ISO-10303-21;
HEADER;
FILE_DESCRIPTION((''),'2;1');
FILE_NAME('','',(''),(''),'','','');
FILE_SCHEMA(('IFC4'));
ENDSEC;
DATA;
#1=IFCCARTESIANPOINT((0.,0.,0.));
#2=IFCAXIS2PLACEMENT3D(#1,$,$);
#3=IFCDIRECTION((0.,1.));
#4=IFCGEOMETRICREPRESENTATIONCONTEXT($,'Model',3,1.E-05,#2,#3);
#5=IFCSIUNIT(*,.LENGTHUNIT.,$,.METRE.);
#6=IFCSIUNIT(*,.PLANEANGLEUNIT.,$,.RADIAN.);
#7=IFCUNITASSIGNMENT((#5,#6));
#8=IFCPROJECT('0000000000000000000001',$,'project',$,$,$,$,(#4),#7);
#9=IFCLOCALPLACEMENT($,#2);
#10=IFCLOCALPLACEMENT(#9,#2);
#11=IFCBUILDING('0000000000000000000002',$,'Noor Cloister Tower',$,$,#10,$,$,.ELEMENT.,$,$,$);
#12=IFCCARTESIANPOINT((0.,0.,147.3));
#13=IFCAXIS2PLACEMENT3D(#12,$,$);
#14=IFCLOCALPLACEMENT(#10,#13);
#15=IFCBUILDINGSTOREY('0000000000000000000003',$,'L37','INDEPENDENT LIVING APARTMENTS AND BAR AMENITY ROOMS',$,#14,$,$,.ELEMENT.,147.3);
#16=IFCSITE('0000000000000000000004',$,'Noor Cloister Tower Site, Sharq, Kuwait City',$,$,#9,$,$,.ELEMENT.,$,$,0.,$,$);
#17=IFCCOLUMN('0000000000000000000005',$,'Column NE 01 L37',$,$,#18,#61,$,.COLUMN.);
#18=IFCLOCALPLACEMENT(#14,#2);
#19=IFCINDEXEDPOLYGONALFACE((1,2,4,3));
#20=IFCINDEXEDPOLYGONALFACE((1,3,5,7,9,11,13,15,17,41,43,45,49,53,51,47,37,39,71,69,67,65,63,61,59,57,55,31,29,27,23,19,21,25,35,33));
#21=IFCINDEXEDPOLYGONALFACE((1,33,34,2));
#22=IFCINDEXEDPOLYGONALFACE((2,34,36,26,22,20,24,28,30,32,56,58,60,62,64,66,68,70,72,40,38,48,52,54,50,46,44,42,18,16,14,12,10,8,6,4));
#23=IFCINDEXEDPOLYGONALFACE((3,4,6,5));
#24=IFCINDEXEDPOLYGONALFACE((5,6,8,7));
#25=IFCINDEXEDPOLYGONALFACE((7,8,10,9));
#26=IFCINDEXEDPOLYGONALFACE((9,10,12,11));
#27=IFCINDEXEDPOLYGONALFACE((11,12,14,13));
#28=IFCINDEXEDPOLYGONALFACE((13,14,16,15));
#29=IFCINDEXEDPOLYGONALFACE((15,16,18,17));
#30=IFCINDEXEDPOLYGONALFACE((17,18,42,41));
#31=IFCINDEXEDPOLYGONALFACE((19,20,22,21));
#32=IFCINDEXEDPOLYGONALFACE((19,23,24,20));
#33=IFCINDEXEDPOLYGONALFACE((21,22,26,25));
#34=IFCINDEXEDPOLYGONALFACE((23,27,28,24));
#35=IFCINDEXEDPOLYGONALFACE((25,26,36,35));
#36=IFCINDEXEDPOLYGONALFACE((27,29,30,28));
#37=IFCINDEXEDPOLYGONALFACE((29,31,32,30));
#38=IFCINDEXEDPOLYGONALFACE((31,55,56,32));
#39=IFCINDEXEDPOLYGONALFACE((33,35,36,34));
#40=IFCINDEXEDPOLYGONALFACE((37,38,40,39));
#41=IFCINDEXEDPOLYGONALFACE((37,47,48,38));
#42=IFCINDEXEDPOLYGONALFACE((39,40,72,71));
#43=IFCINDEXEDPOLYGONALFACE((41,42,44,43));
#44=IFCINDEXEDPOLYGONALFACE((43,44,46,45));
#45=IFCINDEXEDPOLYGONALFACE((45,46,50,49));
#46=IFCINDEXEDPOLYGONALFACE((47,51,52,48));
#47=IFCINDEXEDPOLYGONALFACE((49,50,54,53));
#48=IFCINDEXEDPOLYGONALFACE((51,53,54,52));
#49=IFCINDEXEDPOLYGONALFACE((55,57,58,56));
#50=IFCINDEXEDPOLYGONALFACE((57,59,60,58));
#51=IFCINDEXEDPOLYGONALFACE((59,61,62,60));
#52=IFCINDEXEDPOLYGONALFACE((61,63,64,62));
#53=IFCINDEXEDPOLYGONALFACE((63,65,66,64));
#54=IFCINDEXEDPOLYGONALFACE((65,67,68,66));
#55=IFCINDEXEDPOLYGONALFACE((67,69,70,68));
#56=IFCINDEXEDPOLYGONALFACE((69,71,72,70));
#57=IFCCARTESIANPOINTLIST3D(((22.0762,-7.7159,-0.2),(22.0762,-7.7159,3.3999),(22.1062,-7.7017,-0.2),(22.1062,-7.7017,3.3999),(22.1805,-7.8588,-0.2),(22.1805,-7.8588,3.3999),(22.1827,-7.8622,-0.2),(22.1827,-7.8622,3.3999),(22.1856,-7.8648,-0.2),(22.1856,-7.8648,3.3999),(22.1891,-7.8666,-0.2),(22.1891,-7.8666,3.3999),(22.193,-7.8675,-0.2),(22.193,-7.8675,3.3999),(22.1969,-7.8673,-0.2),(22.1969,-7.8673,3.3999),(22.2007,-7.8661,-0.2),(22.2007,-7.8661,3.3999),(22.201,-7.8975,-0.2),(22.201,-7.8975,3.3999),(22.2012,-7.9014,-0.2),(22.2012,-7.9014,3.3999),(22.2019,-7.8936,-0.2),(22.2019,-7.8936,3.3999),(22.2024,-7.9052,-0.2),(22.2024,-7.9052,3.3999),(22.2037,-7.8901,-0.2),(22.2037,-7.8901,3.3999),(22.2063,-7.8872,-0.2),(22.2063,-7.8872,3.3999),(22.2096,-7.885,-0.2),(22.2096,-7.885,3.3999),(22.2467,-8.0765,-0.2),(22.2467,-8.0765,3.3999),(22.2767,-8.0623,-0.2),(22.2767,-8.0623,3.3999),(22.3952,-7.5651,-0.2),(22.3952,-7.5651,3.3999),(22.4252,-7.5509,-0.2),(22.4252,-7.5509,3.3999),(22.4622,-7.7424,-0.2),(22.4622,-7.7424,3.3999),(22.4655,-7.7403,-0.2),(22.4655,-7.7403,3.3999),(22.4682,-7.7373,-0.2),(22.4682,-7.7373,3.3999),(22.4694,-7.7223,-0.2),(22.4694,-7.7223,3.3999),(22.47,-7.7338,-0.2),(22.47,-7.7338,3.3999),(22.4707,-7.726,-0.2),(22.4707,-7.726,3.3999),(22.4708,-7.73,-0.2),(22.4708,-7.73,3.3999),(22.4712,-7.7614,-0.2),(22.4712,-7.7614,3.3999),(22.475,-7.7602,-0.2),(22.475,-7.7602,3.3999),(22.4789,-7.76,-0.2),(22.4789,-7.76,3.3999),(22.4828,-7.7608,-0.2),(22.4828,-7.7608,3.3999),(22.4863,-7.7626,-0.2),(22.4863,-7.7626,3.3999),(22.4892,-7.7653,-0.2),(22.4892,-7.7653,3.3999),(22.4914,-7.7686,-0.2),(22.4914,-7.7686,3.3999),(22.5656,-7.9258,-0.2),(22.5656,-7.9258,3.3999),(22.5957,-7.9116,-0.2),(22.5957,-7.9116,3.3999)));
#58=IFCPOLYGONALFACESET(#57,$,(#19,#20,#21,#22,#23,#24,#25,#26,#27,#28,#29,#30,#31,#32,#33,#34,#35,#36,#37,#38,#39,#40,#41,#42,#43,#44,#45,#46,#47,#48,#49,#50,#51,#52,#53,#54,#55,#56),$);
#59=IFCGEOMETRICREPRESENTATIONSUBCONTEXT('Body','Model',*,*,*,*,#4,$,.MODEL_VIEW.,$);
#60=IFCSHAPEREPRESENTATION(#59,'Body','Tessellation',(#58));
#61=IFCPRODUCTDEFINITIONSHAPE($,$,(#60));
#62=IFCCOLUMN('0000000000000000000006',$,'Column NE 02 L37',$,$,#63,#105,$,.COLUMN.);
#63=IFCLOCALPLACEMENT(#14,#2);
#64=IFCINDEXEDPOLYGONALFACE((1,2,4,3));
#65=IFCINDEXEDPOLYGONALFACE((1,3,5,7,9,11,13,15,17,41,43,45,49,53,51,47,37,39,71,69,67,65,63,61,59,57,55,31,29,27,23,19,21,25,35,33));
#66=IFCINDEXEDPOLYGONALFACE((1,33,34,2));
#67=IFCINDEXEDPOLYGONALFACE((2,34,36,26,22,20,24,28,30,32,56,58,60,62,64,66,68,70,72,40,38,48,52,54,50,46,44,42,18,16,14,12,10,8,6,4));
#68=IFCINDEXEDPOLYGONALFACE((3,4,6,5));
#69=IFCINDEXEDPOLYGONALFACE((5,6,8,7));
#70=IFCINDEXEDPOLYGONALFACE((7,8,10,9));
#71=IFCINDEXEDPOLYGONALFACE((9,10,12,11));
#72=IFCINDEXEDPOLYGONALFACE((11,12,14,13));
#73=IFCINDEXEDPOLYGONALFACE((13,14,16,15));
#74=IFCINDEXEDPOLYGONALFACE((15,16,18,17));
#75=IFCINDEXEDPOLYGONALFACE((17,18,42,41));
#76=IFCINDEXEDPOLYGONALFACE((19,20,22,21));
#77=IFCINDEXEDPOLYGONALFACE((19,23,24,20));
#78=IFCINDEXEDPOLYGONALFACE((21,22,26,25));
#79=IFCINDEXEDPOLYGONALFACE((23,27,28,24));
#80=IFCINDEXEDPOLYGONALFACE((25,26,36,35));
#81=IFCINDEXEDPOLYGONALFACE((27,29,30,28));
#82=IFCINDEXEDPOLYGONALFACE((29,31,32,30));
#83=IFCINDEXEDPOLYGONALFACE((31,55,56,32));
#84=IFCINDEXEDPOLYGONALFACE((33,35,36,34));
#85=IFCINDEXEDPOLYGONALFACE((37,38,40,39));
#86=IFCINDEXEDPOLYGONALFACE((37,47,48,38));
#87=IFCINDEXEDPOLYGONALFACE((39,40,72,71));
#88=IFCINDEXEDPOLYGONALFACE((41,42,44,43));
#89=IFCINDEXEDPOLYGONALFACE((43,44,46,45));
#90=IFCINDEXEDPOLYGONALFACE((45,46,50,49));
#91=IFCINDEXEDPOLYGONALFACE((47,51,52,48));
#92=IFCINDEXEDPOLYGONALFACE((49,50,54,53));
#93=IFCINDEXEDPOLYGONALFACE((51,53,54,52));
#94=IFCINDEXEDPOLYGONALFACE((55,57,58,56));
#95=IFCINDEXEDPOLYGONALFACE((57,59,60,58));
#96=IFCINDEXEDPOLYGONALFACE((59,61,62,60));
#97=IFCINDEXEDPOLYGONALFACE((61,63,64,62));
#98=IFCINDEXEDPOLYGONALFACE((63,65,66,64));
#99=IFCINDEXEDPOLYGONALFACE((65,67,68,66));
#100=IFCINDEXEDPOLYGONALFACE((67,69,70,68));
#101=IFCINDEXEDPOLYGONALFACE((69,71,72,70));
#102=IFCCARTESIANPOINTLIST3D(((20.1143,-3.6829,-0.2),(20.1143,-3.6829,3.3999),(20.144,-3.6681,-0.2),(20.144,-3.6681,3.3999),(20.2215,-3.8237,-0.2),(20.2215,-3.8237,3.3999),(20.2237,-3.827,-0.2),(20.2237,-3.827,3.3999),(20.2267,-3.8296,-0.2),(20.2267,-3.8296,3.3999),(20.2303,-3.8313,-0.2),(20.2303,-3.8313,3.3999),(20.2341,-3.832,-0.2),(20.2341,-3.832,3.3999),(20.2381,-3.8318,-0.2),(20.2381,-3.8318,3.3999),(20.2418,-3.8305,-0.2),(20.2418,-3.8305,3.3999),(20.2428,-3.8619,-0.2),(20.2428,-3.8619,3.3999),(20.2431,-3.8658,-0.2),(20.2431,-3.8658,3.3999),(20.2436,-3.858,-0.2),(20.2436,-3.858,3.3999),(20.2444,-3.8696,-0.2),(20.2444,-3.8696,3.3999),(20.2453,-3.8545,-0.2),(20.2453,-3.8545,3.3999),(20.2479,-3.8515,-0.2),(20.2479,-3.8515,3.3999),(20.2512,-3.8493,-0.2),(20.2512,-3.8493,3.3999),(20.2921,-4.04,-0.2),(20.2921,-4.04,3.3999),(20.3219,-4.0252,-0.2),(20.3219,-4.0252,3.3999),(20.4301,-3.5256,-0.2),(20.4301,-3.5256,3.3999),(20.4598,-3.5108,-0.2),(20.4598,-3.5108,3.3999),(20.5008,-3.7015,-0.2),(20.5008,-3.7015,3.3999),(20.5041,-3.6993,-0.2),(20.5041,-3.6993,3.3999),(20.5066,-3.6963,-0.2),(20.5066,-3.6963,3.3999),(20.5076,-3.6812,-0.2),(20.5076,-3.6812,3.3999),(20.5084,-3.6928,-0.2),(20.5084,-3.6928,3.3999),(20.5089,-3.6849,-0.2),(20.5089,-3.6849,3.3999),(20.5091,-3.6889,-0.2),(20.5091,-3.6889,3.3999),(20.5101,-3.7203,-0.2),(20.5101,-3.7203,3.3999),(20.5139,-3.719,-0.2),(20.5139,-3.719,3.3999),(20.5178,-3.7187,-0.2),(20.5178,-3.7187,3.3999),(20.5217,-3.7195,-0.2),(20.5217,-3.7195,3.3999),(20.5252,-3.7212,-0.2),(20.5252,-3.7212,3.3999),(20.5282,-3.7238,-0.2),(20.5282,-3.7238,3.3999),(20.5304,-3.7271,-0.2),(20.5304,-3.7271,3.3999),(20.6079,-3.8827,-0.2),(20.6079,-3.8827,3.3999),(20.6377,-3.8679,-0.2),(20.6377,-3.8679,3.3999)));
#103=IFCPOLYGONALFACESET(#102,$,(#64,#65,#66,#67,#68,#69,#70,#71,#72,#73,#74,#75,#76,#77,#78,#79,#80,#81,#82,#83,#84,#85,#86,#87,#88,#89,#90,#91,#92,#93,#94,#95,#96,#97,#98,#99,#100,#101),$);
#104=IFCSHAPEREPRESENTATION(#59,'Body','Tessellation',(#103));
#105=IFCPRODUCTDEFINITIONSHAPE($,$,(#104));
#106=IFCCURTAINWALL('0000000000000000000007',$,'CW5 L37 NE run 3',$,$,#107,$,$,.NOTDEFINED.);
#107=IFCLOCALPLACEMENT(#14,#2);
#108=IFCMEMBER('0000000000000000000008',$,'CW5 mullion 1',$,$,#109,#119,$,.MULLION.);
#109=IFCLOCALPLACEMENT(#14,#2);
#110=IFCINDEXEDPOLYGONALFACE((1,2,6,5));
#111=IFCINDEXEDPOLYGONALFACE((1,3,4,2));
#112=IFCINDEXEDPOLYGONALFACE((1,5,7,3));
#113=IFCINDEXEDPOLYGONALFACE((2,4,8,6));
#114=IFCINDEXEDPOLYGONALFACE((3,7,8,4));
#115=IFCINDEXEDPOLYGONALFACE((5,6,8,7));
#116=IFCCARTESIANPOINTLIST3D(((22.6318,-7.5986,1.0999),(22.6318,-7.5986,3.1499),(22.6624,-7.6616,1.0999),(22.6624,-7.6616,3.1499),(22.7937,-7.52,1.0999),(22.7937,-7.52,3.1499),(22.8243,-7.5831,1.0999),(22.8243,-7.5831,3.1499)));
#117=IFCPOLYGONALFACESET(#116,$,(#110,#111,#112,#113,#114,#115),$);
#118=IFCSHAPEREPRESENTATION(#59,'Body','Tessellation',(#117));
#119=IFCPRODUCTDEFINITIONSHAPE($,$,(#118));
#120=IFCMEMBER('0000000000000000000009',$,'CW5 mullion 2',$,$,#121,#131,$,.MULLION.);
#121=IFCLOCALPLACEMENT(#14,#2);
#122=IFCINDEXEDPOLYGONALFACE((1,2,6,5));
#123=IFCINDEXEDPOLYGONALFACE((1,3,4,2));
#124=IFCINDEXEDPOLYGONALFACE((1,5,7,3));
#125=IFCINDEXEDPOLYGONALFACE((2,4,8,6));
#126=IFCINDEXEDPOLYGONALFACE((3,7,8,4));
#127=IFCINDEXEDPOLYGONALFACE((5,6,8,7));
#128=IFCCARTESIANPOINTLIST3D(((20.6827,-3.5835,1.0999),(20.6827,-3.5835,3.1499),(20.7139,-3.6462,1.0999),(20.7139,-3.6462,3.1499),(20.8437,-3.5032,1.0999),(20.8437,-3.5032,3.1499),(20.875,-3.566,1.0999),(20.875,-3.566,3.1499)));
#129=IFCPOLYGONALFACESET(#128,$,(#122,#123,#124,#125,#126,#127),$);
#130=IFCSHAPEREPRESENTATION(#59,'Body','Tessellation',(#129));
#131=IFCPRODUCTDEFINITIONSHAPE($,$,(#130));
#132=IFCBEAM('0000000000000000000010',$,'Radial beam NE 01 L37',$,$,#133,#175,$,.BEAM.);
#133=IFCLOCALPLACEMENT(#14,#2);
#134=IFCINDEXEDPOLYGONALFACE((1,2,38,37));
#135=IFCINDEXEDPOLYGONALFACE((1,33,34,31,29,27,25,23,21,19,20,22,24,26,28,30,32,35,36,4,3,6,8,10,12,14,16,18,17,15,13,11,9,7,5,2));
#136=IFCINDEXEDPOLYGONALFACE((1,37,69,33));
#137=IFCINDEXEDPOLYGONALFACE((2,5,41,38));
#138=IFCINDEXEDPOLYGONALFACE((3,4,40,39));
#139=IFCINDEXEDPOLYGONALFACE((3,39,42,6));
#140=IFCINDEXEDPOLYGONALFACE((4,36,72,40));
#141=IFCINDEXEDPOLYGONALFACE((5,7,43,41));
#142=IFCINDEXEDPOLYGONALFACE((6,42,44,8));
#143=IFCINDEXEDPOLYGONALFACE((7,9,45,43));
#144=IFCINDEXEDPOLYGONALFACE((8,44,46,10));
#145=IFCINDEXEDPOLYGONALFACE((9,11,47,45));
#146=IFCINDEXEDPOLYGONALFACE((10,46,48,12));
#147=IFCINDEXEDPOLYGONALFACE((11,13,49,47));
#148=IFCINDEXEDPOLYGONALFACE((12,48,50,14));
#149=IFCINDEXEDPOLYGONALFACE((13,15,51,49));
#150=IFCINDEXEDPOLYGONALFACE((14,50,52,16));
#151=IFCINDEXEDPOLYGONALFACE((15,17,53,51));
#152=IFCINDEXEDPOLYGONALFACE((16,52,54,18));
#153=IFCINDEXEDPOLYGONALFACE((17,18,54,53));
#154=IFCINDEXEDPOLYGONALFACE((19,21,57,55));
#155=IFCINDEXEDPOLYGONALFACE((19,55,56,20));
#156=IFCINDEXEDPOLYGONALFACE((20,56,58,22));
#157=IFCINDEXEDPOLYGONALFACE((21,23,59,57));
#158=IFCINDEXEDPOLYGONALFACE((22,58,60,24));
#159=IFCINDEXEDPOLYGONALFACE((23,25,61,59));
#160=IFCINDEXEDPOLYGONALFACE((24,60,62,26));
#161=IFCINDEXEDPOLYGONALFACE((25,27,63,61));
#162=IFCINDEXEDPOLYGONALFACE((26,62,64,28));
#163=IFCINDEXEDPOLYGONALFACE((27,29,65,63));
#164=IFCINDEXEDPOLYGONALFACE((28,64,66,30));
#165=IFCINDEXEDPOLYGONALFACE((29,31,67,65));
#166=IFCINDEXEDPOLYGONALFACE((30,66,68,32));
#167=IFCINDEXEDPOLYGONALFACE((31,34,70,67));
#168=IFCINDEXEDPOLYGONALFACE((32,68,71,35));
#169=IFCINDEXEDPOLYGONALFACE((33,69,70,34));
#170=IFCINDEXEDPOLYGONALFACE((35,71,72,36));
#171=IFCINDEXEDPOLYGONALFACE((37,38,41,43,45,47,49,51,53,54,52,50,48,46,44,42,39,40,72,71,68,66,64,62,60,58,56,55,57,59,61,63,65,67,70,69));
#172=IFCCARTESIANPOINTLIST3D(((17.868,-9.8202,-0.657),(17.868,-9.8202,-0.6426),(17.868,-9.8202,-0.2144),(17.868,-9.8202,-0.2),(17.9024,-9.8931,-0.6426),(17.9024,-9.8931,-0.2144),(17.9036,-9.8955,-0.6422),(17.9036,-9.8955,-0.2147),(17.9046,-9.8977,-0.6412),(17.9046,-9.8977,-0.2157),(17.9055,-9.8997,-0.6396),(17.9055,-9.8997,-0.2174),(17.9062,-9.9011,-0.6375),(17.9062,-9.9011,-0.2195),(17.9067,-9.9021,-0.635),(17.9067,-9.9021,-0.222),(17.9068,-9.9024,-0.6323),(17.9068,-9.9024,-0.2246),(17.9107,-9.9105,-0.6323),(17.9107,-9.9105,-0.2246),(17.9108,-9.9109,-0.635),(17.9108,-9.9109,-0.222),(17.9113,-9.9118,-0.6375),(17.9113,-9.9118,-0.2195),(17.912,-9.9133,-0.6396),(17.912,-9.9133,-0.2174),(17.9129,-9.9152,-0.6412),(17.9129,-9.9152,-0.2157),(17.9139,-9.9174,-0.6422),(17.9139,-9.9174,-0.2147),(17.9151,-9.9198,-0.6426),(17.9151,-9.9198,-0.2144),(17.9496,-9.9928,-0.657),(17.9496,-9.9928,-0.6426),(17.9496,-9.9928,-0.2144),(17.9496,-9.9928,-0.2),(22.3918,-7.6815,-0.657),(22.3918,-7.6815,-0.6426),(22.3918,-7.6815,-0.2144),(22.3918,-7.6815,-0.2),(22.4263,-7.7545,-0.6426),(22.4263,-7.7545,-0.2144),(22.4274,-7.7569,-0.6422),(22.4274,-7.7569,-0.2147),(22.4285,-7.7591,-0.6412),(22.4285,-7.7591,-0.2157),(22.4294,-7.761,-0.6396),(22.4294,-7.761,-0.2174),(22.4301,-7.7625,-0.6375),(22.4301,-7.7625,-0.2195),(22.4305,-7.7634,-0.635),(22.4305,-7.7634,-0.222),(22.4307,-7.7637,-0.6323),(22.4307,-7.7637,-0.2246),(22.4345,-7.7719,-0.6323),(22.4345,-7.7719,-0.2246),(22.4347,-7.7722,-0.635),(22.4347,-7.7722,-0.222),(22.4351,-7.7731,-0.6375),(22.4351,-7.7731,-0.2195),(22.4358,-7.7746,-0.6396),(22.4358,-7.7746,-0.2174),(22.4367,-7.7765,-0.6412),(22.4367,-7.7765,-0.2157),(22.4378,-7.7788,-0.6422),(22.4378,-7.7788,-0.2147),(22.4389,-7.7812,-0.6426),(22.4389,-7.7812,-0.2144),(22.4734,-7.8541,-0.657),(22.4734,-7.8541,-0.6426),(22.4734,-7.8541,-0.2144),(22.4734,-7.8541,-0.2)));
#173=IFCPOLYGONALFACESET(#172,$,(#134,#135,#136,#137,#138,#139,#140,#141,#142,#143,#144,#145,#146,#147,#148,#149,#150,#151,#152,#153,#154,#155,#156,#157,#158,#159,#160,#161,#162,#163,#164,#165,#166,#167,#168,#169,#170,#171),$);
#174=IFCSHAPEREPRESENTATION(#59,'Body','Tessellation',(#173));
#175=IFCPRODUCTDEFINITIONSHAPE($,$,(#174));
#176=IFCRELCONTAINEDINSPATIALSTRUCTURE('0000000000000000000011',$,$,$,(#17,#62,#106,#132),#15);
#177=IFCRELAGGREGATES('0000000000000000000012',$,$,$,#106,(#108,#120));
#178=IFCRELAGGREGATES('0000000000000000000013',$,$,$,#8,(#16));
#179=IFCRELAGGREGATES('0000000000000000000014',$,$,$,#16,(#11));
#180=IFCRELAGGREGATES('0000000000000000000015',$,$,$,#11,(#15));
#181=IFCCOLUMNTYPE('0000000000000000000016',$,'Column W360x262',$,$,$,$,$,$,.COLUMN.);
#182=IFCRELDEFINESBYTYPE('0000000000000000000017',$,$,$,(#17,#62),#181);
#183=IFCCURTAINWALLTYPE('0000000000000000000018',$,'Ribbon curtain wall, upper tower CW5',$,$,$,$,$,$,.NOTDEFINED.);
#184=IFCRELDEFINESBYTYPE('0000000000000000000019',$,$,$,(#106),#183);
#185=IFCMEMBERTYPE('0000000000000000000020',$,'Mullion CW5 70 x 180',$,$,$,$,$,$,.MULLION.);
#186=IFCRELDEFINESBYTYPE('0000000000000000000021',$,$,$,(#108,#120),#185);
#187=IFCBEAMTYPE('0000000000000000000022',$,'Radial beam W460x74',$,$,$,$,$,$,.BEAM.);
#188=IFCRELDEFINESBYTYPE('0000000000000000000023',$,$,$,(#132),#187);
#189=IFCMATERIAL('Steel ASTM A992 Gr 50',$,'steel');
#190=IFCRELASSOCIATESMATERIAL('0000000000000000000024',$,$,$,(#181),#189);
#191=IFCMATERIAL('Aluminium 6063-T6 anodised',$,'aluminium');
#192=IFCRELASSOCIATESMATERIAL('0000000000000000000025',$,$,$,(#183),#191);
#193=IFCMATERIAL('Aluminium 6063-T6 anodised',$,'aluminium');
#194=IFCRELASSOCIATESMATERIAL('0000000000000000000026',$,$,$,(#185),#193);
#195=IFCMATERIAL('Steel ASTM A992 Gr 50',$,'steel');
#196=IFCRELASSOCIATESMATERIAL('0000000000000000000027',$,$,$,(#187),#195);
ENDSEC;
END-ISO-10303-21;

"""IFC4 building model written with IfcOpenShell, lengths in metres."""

from ifc_helpers import new_model, si_unit, direction, frame, origin, origin_2d, place, context, subcontext, project, spatial, rectangle, i_section, extrude, material, material_profile, profile_set, type_object, element, aggregate, save


model = new_model("IFC4")

# Units and contexts
model_context = context("Model", 3, precision=1e-05, world=origin(), true_north=direction((0.0, 1.0)))
body_context = subcontext(model_context, "Body", "Model", "MODEL_VIEW")
ifc_project = project(units=[si_unit("LENGTHUNIT", "METRE"), si_unit("PLANEANGLEUNIT", "RADIAN")], contexts=[model_context])

# Site, building, storey
site_placement = place(None, origin())
site = spatial("IfcSite", under=ifc_project, at=site_placement, Name="Noor Cloister Tower Site, Sharq, Kuwait City", CompositionType="ELEMENT", RefElevation=0.0)
building_placement = place(site_placement, origin())
building = spatial("IfcBuilding", under=site, at=building_placement, Name="Noor Cloister Tower", CompositionType="ELEMENT")
storey_placement = place(building_placement, frame((0.0, 0.0, 147.3)))
storey = spatial("IfcBuildingStorey", under=building, at=storey_placement, Name="L37", Description="INDEPENDENT LIVING APARTMENTS AND BAR AMENITY ROOMS", CompositionType="ELEMENT", Elevation=147.3)

# Columns
ifc_material_1 = material(Name="Steel ASTM A992 Gr 50", Category="steel")
ifc_material_profile_1 = material_profile(ifc_material_1, i_section(OverallWidth=0.3989, OverallDepth=0.386, WebThickness=0.021, FlangeThickness=0.0332, FilletRadius=0.0151, at=origin_2d()), Name="W360x262")
ifc_profile_set_1 = profile_set([ifc_material_profile_1], Name="Steel ASTM A992 Gr 50")
column_type = type_object("IfcColumnType", Name="Column W360x262", PredefinedType="COLUMN", material=ifc_profile_set_1)
for number, where, z_axis, x_axis, name in (
    (1, (22.3359, -7.8137, -0.2), (0.0, 0.0, 1.0), (-0.427373, 0.904075, 0.0), "Column NE 01 L37"),
    (2, (20.376, -3.7754, -0.2), (0.0, 0.0, 1.0), (-0.445819, 0.895123, 0.0), "Column NE 02 L37"),
):
    element("IfcColumn", number, at=place(storey_placement, frame(where, z_axis=z_axis, x_axis=x_axis)), inside=storey, type_object=column_type, Name=name, PredefinedType="COLUMN", context=body_context, shape_type="SweptSolid", body=[
        extrude(i_section(OverallWidth=0.3989, OverallDepth=0.386, WebThickness=0.021, FlangeThickness=0.0332, FilletRadius=0.0151, at=origin_2d()), origin(), (0.0, 0.0, 1.0), 3.5999),
    ])

# Curtain wall, members
ifc_material_2 = material(Name="Aluminium 6063-T6 anodised", Category="aluminium")
curtain_wall_type = type_object("IfcCurtainWallType", Name="Ribbon curtain wall, upper tower CW5", PredefinedType="NOTDEFINED", material=ifc_material_2)
curtain_wall_placement = place(storey_placement, origin())
curtain_wall = element("IfcCurtainWall", 3, at=curtain_wall_placement, inside=storey, type_object=curtain_wall_type, Name="CW5 L37 NE run 3", PredefinedType="NOTDEFINED")
ifc_material_3 = material(Name="Aluminium 6063-T6 anodised", Category="aluminium")
ifc_material_profile_2 = material_profile(ifc_material_3, rectangle(XDim=0.1799, YDim=0.0701, at=origin_2d()), Name="180 x 70 mullion")
ifc_profile_set_2 = profile_set([ifc_material_profile_2], Name="Aluminium 6063-T6 anodised")
member_type = type_object("IfcMemberType", Name="Mullion CW5 70 x 180", PredefinedType="MULLION", material=ifc_profile_set_2)
member_1_placement = place(storey_placement, frame((22.728, -7.5908, 1.0999), z_axis=(0.0, 0.0, 1.0), x_axis=(-0.899647, -0.436619, 0.0)))
member_1 = element("IfcMember", 4, at=member_1_placement, type_object=member_type, Name="CW5 mullion 1", PredefinedType="MULLION", context=body_context, shape_type="SweptSolid", body=[
    extrude(rectangle(XDim=0.1799, YDim=0.0701, at=origin_2d()), origin(), (0.0, 0.0, 1.0), 2.05),
])
member_2_placement = place(storey_placement, frame((20.7788, -3.5747, 1.0999), z_axis=(0.0, 0.0, 1.0), x_axis=(-0.895123, -0.445819, 0.0)))
member_2 = element("IfcMember", 5, at=member_2_placement, type_object=member_type, Name="CW5 mullion 2", PredefinedType="MULLION", context=body_context, shape_type="SweptSolid", body=[
    extrude(rectangle(XDim=0.1799, YDim=0.0701, at=origin_2d()), origin(), (0.0, 0.0, 1.0), 2.05),
])

# Beam
ifc_material_4 = material(Name="Steel ASTM A992 Gr 50", Category="steel")
ifc_material_profile_3 = material_profile(ifc_material_4, i_section(OverallWidth=0.1909, OverallDepth=0.457, WebThickness=0.009, FlangeThickness=0.0144, FilletRadius=0.0103, at=origin_2d()), Name="W460x74")
ifc_profile_set_3 = profile_set([ifc_material_profile_3], Name="Steel ASTM A992 Gr 50")
beam_type_1 = type_object("IfcBeamType", Name="Radial beam W460x74", PredefinedType="BEAM", material=ifc_profile_set_3)
beam_1_placement = place(storey_placement, frame((22.4326, -7.7678, -0.4285), z_axis=(-0.904065, -0.427394, 0.0), x_axis=(0.427394, -0.904065, 0.0)))
element("IfcBeam", 6, at=beam_1_placement, inside=storey, type_object=beam_type_1, Name="Radial beam NE 01 L37", PredefinedType="BEAM", context=body_context, shape_type="SweptSolid", body=[
    extrude(i_section(OverallWidth=0.1909, OverallDepth=0.457, WebThickness=0.009, FlangeThickness=0.0144, FilletRadius=0.0103, at=origin_2d()), origin(), (0.0, 0.0, 1.0), 5.0039),
])

aggregate(curtain_wall, [member_1, member_2])

save(model, "model.ifc")
